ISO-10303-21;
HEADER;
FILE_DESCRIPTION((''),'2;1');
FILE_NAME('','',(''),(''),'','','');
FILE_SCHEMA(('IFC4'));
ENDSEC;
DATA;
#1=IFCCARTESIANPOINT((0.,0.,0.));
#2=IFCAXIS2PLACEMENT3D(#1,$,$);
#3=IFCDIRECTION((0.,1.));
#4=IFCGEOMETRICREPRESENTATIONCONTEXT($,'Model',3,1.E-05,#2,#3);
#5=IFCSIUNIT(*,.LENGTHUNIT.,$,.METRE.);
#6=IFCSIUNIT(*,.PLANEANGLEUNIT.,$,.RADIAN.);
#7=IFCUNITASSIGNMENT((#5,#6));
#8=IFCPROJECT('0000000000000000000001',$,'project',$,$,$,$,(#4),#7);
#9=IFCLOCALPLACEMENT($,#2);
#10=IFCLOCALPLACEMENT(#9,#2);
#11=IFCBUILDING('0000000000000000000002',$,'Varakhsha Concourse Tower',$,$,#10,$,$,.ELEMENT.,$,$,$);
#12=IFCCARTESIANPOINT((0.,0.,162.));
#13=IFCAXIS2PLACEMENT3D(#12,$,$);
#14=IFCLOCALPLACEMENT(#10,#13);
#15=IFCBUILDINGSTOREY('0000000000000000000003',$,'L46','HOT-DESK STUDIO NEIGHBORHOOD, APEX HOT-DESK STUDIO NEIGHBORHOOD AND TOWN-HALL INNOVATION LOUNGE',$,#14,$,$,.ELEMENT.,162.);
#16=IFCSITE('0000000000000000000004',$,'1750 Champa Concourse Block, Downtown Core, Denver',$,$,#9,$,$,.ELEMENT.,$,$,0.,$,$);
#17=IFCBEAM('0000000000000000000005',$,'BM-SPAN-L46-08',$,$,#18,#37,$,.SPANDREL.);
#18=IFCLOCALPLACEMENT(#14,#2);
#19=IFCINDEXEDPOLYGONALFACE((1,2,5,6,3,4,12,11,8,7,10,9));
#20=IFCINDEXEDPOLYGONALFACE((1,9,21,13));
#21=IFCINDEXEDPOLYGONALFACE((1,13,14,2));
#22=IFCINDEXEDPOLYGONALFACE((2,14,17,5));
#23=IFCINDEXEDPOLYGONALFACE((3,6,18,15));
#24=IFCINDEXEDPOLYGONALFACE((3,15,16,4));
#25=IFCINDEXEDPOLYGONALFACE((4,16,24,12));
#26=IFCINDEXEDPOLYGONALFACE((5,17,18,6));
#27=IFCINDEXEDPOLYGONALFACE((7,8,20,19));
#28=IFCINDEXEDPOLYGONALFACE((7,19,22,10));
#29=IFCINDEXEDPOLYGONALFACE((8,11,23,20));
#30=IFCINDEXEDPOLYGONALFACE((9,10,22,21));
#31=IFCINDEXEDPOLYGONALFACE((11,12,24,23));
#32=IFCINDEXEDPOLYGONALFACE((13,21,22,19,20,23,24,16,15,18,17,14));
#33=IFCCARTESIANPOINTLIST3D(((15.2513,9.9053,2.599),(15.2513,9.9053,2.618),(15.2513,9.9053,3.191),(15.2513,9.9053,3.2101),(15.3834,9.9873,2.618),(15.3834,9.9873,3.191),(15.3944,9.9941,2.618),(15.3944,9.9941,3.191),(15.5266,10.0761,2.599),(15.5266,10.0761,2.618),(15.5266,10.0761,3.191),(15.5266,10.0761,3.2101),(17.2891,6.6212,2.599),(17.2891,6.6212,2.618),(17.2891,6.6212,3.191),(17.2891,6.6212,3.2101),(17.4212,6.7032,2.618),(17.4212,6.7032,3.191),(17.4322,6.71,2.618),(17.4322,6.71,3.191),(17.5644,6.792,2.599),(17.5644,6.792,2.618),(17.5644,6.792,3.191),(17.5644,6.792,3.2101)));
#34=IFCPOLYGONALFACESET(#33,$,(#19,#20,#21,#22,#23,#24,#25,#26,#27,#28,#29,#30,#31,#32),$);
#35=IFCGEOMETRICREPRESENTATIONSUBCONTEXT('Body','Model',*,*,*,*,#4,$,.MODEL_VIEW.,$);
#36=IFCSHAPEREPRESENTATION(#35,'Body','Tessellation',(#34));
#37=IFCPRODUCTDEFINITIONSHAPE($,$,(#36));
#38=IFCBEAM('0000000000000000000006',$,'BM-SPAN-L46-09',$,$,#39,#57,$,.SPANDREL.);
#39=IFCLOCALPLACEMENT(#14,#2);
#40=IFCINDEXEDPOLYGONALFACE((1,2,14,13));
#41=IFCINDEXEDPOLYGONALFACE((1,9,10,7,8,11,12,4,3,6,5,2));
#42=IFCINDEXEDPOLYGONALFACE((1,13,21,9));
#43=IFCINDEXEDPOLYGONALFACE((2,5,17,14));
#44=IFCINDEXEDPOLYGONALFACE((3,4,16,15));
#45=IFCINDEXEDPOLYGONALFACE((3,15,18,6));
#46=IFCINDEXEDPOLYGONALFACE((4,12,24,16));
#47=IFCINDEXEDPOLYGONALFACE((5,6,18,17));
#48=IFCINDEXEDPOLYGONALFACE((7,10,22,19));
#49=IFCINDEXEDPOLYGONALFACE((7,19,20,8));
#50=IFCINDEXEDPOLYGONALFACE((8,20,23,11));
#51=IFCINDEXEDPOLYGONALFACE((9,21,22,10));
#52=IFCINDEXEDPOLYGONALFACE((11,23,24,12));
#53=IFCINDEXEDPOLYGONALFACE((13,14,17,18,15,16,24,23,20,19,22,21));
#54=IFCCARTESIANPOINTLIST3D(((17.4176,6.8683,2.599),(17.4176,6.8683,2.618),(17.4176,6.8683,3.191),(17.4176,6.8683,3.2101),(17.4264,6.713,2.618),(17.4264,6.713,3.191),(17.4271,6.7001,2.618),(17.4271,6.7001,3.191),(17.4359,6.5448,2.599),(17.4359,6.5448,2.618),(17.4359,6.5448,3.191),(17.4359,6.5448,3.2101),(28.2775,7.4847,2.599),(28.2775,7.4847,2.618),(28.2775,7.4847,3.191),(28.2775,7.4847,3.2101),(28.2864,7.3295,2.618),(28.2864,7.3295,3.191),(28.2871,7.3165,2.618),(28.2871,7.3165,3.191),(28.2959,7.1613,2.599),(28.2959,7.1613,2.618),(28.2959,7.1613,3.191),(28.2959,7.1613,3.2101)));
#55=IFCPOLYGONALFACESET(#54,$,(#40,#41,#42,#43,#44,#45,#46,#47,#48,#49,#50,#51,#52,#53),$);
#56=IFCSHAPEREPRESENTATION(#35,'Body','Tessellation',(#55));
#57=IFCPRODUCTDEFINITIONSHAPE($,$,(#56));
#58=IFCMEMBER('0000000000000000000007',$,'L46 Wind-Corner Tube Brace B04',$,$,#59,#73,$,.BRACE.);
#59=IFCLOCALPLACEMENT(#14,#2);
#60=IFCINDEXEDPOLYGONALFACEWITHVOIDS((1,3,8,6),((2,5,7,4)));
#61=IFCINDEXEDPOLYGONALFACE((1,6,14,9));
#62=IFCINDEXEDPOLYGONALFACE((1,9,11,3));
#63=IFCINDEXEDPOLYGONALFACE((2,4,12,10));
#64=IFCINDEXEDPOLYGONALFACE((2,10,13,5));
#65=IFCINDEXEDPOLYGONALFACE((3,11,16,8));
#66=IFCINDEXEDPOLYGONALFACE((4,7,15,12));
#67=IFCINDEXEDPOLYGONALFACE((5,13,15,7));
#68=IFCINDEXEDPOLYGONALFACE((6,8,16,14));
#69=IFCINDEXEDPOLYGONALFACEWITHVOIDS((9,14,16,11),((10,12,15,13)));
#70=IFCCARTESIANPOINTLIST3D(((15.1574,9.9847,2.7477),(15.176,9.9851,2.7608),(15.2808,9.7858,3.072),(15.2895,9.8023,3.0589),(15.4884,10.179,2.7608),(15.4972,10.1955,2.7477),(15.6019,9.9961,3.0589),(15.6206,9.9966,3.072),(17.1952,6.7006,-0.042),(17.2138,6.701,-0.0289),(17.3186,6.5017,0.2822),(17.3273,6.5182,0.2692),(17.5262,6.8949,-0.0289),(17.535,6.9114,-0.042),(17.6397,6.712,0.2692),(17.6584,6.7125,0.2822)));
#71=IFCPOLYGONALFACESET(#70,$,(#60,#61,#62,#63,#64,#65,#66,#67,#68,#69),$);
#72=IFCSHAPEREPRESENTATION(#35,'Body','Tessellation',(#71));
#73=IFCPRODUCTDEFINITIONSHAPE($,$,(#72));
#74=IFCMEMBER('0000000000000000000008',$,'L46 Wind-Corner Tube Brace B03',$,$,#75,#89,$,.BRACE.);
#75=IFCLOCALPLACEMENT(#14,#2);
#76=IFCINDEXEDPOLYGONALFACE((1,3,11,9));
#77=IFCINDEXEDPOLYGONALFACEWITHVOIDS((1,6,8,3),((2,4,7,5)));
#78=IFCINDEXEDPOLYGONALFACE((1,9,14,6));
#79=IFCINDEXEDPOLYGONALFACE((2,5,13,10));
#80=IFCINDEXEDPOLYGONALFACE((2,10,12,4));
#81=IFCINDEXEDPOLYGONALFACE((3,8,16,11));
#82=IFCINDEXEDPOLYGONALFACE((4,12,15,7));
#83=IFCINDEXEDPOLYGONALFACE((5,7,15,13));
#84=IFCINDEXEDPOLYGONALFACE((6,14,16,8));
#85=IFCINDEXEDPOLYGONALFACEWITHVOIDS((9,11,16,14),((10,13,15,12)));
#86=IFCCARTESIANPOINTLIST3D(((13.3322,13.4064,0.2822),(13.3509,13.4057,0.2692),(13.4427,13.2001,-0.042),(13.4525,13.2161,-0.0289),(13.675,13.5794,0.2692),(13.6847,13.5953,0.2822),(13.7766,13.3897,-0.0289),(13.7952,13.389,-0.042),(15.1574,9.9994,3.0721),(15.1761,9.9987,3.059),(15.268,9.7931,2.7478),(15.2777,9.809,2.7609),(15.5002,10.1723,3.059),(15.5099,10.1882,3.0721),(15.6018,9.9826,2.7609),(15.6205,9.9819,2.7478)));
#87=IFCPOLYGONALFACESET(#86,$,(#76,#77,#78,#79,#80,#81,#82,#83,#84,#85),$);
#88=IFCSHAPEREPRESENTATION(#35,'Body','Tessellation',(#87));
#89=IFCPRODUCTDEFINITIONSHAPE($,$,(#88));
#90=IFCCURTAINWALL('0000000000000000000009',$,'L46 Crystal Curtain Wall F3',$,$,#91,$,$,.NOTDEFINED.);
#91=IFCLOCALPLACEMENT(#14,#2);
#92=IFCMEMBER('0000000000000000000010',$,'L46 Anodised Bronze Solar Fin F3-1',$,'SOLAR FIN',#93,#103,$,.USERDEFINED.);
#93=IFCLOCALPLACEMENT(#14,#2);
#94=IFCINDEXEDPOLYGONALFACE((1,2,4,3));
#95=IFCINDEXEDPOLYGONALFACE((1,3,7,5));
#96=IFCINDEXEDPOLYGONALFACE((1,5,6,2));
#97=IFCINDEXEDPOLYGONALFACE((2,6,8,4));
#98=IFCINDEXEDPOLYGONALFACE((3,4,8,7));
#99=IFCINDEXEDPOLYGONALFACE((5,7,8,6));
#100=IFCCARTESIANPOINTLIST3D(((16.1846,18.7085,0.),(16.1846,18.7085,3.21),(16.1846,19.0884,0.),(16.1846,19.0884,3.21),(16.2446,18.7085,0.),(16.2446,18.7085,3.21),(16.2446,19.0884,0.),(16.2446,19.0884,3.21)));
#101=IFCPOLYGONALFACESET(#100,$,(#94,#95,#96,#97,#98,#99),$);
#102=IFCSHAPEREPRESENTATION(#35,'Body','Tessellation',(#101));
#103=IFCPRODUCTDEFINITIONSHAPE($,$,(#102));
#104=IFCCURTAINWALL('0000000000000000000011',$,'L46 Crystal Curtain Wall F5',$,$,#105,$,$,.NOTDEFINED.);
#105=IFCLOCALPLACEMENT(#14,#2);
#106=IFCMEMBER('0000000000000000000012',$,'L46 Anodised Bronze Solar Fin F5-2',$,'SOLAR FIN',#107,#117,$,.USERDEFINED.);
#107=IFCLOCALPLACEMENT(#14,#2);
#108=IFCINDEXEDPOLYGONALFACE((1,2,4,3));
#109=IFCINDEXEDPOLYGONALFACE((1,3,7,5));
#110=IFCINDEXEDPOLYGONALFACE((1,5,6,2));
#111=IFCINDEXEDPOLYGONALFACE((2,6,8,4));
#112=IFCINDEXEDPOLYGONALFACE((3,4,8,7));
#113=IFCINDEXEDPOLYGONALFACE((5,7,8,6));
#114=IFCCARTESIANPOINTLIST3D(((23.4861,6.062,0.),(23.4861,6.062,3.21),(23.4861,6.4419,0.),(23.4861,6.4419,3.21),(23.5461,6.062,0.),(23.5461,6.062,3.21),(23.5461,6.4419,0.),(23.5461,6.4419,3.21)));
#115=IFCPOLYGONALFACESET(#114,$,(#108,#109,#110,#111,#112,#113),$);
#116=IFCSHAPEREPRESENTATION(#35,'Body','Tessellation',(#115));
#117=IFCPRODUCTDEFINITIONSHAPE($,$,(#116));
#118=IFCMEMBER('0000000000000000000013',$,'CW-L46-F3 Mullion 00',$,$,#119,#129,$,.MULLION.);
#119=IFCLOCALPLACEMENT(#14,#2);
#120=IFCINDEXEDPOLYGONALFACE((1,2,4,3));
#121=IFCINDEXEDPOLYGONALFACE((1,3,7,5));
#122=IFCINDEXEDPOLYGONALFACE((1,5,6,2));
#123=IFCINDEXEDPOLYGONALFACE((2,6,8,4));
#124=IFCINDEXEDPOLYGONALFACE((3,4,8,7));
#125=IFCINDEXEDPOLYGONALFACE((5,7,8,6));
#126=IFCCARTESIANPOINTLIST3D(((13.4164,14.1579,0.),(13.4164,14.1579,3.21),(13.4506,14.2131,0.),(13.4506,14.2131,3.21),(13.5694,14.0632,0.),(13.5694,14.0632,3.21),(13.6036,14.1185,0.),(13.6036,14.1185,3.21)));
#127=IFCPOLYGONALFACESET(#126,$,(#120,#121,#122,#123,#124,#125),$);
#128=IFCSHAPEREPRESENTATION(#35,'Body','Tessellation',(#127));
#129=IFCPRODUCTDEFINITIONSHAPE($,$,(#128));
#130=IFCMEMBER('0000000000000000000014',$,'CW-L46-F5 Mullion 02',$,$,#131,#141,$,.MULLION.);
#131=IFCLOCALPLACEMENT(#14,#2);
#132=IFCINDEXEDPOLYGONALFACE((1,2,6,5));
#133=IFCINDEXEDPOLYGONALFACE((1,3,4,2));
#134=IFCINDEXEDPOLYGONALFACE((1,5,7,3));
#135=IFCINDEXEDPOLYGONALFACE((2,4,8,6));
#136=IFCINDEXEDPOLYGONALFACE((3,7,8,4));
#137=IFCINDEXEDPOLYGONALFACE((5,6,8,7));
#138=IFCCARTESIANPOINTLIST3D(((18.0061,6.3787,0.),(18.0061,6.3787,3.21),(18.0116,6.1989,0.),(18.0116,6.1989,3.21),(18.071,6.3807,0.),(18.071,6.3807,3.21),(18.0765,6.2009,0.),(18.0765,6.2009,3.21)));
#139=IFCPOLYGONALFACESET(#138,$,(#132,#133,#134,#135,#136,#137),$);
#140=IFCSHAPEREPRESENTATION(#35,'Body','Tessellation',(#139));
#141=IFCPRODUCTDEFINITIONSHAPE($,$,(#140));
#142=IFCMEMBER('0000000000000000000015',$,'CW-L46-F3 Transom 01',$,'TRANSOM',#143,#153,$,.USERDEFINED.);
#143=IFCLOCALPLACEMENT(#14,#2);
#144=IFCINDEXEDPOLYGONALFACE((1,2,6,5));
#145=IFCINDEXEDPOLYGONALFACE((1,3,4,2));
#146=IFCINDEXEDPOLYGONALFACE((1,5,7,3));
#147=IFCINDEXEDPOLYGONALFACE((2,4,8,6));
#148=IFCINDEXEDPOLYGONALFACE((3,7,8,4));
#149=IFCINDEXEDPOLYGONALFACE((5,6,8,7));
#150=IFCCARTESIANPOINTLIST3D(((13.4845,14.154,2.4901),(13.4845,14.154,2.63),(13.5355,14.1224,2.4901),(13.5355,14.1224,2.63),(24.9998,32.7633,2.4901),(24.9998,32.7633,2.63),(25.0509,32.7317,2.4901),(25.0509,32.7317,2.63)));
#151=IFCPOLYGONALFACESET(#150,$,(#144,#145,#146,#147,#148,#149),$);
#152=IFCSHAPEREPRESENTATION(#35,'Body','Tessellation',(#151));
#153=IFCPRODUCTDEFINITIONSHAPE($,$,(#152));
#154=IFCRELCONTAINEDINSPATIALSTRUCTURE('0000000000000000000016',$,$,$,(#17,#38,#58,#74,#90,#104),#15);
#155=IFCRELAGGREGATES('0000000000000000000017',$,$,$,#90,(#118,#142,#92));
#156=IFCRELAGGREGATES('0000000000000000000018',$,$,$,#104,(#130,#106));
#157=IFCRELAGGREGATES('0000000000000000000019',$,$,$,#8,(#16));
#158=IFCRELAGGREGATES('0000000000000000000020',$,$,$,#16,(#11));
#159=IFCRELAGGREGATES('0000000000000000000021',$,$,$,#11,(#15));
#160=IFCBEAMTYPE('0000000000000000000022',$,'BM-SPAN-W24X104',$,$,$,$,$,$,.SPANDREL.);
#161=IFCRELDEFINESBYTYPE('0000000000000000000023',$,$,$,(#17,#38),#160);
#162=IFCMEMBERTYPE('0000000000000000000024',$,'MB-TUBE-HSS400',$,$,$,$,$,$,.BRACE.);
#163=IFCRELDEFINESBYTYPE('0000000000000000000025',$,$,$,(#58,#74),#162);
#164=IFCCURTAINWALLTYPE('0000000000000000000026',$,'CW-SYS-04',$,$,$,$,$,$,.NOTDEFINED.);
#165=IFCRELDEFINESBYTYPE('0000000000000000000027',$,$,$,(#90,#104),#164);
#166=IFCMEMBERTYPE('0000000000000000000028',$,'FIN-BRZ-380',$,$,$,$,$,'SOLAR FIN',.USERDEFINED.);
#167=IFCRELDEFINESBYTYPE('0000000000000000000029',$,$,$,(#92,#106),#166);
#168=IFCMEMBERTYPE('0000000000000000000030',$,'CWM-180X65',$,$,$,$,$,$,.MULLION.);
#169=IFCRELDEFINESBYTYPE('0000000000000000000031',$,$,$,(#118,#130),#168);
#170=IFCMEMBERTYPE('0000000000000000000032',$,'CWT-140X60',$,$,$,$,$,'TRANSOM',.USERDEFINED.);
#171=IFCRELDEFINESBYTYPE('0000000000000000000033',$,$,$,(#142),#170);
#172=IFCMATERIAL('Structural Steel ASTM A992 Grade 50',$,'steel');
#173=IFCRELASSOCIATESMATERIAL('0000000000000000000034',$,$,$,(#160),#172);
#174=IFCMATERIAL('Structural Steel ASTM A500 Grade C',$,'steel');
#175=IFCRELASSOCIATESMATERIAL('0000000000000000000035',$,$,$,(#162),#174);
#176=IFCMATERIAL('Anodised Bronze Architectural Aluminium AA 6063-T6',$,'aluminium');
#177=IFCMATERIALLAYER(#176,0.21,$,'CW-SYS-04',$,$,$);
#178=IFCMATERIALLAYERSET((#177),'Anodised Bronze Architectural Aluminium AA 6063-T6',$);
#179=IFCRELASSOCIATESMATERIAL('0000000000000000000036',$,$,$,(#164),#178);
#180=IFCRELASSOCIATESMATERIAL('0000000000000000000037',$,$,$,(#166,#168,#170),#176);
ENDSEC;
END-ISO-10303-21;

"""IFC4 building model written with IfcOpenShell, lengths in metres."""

from ifc_helpers import new_model, si_unit, direction, frame, origin, origin_2d, place, context, subcontext, project, spatial, rectangle, hollow_rectangle, i_section, extrude, source, transform, mapped, material, layer, layer_set, material_profile, profile_set, type_object, type_shapes, element, aggregate, save


model = new_model("IFC4")

# Units and contexts
model_context = context("Model", 3, precision=1e-05, world=origin(), true_north=direction((0.0, 1.0)))
body_context = subcontext(model_context, "Body", "Model", "MODEL_VIEW")
ifc_project = project(units=[si_unit("LENGTHUNIT", "METRE"), si_unit("PLANEANGLEUNIT", "RADIAN")], contexts=[model_context])

# Site, building, storey
site_placement = place(None, origin())
site = spatial("IfcSite", under=ifc_project, at=site_placement, Name="1750 Champa Concourse Block, Downtown Core, Denver", CompositionType="ELEMENT", RefElevation=0.0)
building_placement = place(site_placement, origin())
building = spatial("IfcBuilding", under=site, at=building_placement, Name="Varakhsha Concourse Tower", CompositionType="ELEMENT")
storey_placement = place(building_placement, frame((0.0, 0.0, 162.0)))
storey = spatial("IfcBuildingStorey", under=building, at=storey_placement, Name="L46", Description="HOT-DESK STUDIO NEIGHBORHOOD, APEX HOT-DESK STUDIO NEIGHBORHOOD AND TOWN-HALL INNOVATION LOUNGE", CompositionType="ELEMENT", Elevation=162.0)

# Shared definitions
ifc_material_1 = material(Name="Structural Steel ASTM A992 Grade 50", Category="steel")

# Beams
ifc_material_profile_1 = material_profile(ifc_material_1, i_section(OverallWidth=0.324, OverallDepth=0.6111, WebThickness=0.0129, FlangeThickness=0.019, at=origin_2d()), Name="W24X104")
ifc_profile_set_1 = profile_set([ifc_material_profile_1], Name="Structural Steel ASTM A992 Grade 50")
beam_type_1 = type_object("IfcBeamType", Name="BM-SPAN-W24X104", PredefinedType="SPANDREL", material=ifc_profile_set_1)
for number, where, z_axis, x_axis, name in (
    (1, (15.3889, 9.9907, 2.9045), (0.527248, -0.849711, 0.0), (0.849711, 0.527248, 0.0), "BM-SPAN-L46-08"),
):
    element("IfcBeam", number, at=place(storey_placement, frame(where, z_axis=z_axis, x_axis=x_axis)), inside=storey, type_object=beam_type_1, Name=name, PredefinedType="SPANDREL", context=body_context, shape_type="SweptSolid", body=[
        extrude(i_section(OverallWidth=0.324, OverallDepth=0.6111, WebThickness=0.0129, FlangeThickness=0.019, at=origin_2d()), origin(), (0.0, 0.0, 1.0), 3.865),
    ])
beam_1_placement = place(storey_placement, frame((17.4268, 6.7065, 2.9045), z_axis=(0.998393, 0.056673, 0.0), x_axis=(-0.056673, 0.998393, 0.0)))
element("IfcBeam", 2, at=beam_1_placement, inside=storey, type_object=beam_type_1, Name="BM-SPAN-L46-09", PredefinedType="SPANDREL", context=body_context, shape_type="SweptSolid", body=[
    extrude(i_section(OverallWidth=0.324, OverallDepth=0.6111, WebThickness=0.0129, FlangeThickness=0.019, at=origin_2d()), origin(), (0.0, 0.0, 1.0), 10.8774),
])

# Members
ifc_material_2 = material(Name="Structural Steel ASTM A500 Grade C", Category="steel")
ifc_material_profile_2 = material_profile(ifc_material_2, hollow_rectangle(XDim=0.3999, YDim=0.3999, WallThickness=0.0161, at=origin_2d()), Name="HSS 400x400x16")
ifc_profile_set_2 = profile_set([ifc_material_profile_2], Name="Structural Steel ASTM A500 Grade C")
member_type_1 = type_object("IfcMemberType", Name="MB-TUBE-HSS400", PredefinedType="BRACE", material=ifc_profile_set_2)
shared_shape_1 = source(origin(), body_context, "Body", "SweptSolid", [
    extrude(hollow_rectangle(XDim=0.3999, YDim=0.3999, WallThickness=0.0161, at=origin_2d()), origin(), (0.0, 0.0, 1.0), 4.7666),
])
member_1_placement = place(storey_placement, frame((17.4268, 6.7065, 0.1201), z_axis=(-0.427515, 0.688981, 0.585265), x_axis=(-0.849711, -0.527248, 0.0)))
element("IfcMember", 3, at=member_1_placement, inside=storey, type_object=member_type_1, Name="L46 Wind-Corner Tube Brace B04", PredefinedType="BRACE", context=body_context, shape_type="MappedRepresentation", body=[
    mapped(shared_shape_1, transform((0.0, 0.0, 0.0), scale=1.0)),
])
shared_shape_2 = source(origin(), body_context, "Body", "SweptSolid", [
    extrude(hollow_rectangle(XDim=0.3999, YDim=0.3999, WallThickness=0.0161, at=origin_2d()), origin(), (0.0, 0.0, 1.0), 4.7668),
])
type_shapes(member_type_1, [shared_shape_1, shared_shape_2])
member_2_placement = place(storey_placement, frame((13.5637, 13.3977, 0.1201), z_axis=(0.382902, -0.71474, 0.585262), x_axis=(0.881477, 0.472227, 0.0)))
element("IfcMember", 4, at=member_2_placement, inside=storey, type_object=member_type_1, Name="L46 Wind-Corner Tube Brace B03", PredefinedType="BRACE", context=body_context, shape_type="MappedRepresentation", body=[
    mapped(shared_shape_2, transform((0.0, 0.0, 0.0), scale=1.0)),
])

# Curtain walls, members
ifc_material_3 = material(Name="Anodised Bronze Architectural Aluminium AA 6063-T6", Category="aluminium")
ifc_layer_1 = layer(ifc_material_3, 0.21, Name="CW-SYS-04")
ifc_layer_set_1 = layer_set([ifc_layer_1], Name="Anodised Bronze Architectural Aluminium AA 6063-T6")
curtain_wall_type = type_object("IfcCurtainWallType", Name="CW-SYS-04", PredefinedType="NOTDEFINED", material=ifc_layer_set_1)
curtain_wall_1_placement = place(storey_placement, origin())
curtain_wall_1 = element("IfcCurtainWall", 5, at=curtain_wall_1_placement, inside=storey, type_object=curtain_wall_type, Name="L46 Crystal Curtain Wall F3", PredefinedType="NOTDEFINED")
ifc_material_profile_3 = material_profile(ifc_material_3, rectangle(XDim=0.0601, YDim=0.3799, at=origin_2d()), Name="FIN-BRZ-380")
ifc_profile_set_3 = profile_set([ifc_material_profile_3], Name="Anodised Bronze Architectural Aluminium AA 6063-T6")
member_type_2 = type_object("IfcMemberType", Name="FIN-BRZ-380", ElementType="SOLAR FIN", PredefinedType="USERDEFINED", material=ifc_profile_set_3)
shared_shape_3 = source(origin(), body_context, "Body", "SweptSolid", [
    extrude(rectangle(XDim=0.0601, YDim=0.3799, at=origin_2d()), origin(), (0.0, 0.0, 1.0), 3.21),
])
type_shapes(member_type_2, [shared_shape_3])
member_3_placement = place(storey_placement, frame((16.2146, 18.8984, 0.0), z_axis=(0.0, 0.0, 1.0), x_axis=(1.0, 0.0, 0.0)))
member_3 = element("IfcMember", 6, at=member_3_placement, type_object=member_type_2, Name="L46 Anodised Bronze Solar Fin F3-1", ObjectType="SOLAR FIN", PredefinedType="USERDEFINED", context=body_context, shape_type="MappedRepresentation", body=[
    mapped(shared_shape_3, transform((0.0, 0.0, 0.0), scale=1.0)),
])
curtain_wall_2_placement = place(storey_placement, origin())
curtain_wall_2 = element("IfcCurtainWall", 7, at=curtain_wall_2_placement, inside=storey, type_object=curtain_wall_type, Name="L46 Crystal Curtain Wall F5", PredefinedType="NOTDEFINED")
member_4_placement = place(storey_placement, frame((23.5161, 6.252, 0.0), z_axis=(0.0, 0.0, 1.0), x_axis=(1.0, 0.0, 0.0)))
member_4 = element("IfcMember", 8, at=member_4_placement, type_object=member_type_2, Name="L46 Anodised Bronze Solar Fin F5-2", ObjectType="SOLAR FIN", PredefinedType="USERDEFINED", context=body_context, shape_type="MappedRepresentation", body=[
    mapped(shared_shape_3, transform((0.0, 0.0, 0.0), scale=1.0)),
])

# Members
ifc_material_profile_4 = material_profile(ifc_material_3, rectangle(XDim=0.0649, YDim=0.1799, at=origin_2d()), Name="CWM-180X65")
ifc_profile_set_4 = profile_set([ifc_material_profile_4], Name="Anodised Bronze Architectural Aluminium AA 6063-T6")
member_type_3 = type_object("IfcMemberType", Name="CWM-180X65", PredefinedType="MULLION", material=ifc_profile_set_4)
shared_shape_4 = source(origin(), body_context, "Body", "SweptSolid", [
    extrude(rectangle(XDim=0.0649, YDim=0.1799, at=origin_2d()), origin(), (0.0, 0.0, 1.0), 3.21),
])
type_shapes(member_type_3, [shared_shape_4])
member_5_placement = place(storey_placement, frame((13.51, 14.1382, 0.0), z_axis=(0.0, 0.0, 1.0), x_axis=(0.526199, 0.850361, 0.0)))
member_5 = element("IfcMember", 9, at=member_5_placement, type_object=member_type_3, Name="CW-L46-F3 Mullion 00", PredefinedType="MULLION", context=body_context, shape_type="MappedRepresentation", body=[
    mapped(shared_shape_4, transform((0.0, 0.0, 0.0), scale=1.0)),
])
member_6_placement = place(storey_placement, frame((18.0413, 6.2898, 0.0), z_axis=(0.0, 0.0, 1.0), x_axis=(-0.999534, -0.030525, 0.0)))
member_6 = element("IfcMember", 10, at=member_6_placement, type_object=member_type_3, Name="CW-L46-F5 Mullion 02", PredefinedType="MULLION", context=body_context, shape_type="MappedRepresentation", body=[
    mapped(shared_shape_4, transform((0.0, 0.0, 0.0), scale=1.0)),
])
ifc_material_profile_5 = material_profile(ifc_material_3, rectangle(XDim=0.0601, YDim=0.1399, at=origin_2d()), Name="CWT-140X60")
ifc_profile_set_5 = profile_set([ifc_material_profile_5], Name="Anodised Bronze Architectural Aluminium AA 6063-T6")
member_type_4 = type_object("IfcMemberType", Name="CWT-140X60", ElementType="TRANSOM", PredefinedType="USERDEFINED", material=ifc_profile_set_5)
shared_shape_5 = source(origin(), body_context, "Body", "SweptSolid", [
    extrude(rectangle(XDim=0.0601, YDim=0.1399, at=origin_2d()), origin(), (0.0, 0.0, 1.0), 21.884),
])
type_shapes(member_type_4, [shared_shape_5])
member_7_placement = place(storey_placement, frame((13.51, 14.1382, 2.5601), z_axis=(0.526199, 0.850361, 0.0), x_axis=(-0.850361, 0.526199, 0.0)))
member_7 = element("IfcMember", 11, at=member_7_placement, type_object=member_type_4, Name="CW-L46-F3 Transom 01", ObjectType="TRANSOM", PredefinedType="USERDEFINED", context=body_context, shape_type="MappedRepresentation", body=[
    mapped(shared_shape_5, transform((0.0, 0.0, 0.0), scale=1.0)),
])

aggregate(curtain_wall_1, [member_5, member_7, member_3])
aggregate(curtain_wall_2, [member_6, member_4])

save(model, "model.ifc")
